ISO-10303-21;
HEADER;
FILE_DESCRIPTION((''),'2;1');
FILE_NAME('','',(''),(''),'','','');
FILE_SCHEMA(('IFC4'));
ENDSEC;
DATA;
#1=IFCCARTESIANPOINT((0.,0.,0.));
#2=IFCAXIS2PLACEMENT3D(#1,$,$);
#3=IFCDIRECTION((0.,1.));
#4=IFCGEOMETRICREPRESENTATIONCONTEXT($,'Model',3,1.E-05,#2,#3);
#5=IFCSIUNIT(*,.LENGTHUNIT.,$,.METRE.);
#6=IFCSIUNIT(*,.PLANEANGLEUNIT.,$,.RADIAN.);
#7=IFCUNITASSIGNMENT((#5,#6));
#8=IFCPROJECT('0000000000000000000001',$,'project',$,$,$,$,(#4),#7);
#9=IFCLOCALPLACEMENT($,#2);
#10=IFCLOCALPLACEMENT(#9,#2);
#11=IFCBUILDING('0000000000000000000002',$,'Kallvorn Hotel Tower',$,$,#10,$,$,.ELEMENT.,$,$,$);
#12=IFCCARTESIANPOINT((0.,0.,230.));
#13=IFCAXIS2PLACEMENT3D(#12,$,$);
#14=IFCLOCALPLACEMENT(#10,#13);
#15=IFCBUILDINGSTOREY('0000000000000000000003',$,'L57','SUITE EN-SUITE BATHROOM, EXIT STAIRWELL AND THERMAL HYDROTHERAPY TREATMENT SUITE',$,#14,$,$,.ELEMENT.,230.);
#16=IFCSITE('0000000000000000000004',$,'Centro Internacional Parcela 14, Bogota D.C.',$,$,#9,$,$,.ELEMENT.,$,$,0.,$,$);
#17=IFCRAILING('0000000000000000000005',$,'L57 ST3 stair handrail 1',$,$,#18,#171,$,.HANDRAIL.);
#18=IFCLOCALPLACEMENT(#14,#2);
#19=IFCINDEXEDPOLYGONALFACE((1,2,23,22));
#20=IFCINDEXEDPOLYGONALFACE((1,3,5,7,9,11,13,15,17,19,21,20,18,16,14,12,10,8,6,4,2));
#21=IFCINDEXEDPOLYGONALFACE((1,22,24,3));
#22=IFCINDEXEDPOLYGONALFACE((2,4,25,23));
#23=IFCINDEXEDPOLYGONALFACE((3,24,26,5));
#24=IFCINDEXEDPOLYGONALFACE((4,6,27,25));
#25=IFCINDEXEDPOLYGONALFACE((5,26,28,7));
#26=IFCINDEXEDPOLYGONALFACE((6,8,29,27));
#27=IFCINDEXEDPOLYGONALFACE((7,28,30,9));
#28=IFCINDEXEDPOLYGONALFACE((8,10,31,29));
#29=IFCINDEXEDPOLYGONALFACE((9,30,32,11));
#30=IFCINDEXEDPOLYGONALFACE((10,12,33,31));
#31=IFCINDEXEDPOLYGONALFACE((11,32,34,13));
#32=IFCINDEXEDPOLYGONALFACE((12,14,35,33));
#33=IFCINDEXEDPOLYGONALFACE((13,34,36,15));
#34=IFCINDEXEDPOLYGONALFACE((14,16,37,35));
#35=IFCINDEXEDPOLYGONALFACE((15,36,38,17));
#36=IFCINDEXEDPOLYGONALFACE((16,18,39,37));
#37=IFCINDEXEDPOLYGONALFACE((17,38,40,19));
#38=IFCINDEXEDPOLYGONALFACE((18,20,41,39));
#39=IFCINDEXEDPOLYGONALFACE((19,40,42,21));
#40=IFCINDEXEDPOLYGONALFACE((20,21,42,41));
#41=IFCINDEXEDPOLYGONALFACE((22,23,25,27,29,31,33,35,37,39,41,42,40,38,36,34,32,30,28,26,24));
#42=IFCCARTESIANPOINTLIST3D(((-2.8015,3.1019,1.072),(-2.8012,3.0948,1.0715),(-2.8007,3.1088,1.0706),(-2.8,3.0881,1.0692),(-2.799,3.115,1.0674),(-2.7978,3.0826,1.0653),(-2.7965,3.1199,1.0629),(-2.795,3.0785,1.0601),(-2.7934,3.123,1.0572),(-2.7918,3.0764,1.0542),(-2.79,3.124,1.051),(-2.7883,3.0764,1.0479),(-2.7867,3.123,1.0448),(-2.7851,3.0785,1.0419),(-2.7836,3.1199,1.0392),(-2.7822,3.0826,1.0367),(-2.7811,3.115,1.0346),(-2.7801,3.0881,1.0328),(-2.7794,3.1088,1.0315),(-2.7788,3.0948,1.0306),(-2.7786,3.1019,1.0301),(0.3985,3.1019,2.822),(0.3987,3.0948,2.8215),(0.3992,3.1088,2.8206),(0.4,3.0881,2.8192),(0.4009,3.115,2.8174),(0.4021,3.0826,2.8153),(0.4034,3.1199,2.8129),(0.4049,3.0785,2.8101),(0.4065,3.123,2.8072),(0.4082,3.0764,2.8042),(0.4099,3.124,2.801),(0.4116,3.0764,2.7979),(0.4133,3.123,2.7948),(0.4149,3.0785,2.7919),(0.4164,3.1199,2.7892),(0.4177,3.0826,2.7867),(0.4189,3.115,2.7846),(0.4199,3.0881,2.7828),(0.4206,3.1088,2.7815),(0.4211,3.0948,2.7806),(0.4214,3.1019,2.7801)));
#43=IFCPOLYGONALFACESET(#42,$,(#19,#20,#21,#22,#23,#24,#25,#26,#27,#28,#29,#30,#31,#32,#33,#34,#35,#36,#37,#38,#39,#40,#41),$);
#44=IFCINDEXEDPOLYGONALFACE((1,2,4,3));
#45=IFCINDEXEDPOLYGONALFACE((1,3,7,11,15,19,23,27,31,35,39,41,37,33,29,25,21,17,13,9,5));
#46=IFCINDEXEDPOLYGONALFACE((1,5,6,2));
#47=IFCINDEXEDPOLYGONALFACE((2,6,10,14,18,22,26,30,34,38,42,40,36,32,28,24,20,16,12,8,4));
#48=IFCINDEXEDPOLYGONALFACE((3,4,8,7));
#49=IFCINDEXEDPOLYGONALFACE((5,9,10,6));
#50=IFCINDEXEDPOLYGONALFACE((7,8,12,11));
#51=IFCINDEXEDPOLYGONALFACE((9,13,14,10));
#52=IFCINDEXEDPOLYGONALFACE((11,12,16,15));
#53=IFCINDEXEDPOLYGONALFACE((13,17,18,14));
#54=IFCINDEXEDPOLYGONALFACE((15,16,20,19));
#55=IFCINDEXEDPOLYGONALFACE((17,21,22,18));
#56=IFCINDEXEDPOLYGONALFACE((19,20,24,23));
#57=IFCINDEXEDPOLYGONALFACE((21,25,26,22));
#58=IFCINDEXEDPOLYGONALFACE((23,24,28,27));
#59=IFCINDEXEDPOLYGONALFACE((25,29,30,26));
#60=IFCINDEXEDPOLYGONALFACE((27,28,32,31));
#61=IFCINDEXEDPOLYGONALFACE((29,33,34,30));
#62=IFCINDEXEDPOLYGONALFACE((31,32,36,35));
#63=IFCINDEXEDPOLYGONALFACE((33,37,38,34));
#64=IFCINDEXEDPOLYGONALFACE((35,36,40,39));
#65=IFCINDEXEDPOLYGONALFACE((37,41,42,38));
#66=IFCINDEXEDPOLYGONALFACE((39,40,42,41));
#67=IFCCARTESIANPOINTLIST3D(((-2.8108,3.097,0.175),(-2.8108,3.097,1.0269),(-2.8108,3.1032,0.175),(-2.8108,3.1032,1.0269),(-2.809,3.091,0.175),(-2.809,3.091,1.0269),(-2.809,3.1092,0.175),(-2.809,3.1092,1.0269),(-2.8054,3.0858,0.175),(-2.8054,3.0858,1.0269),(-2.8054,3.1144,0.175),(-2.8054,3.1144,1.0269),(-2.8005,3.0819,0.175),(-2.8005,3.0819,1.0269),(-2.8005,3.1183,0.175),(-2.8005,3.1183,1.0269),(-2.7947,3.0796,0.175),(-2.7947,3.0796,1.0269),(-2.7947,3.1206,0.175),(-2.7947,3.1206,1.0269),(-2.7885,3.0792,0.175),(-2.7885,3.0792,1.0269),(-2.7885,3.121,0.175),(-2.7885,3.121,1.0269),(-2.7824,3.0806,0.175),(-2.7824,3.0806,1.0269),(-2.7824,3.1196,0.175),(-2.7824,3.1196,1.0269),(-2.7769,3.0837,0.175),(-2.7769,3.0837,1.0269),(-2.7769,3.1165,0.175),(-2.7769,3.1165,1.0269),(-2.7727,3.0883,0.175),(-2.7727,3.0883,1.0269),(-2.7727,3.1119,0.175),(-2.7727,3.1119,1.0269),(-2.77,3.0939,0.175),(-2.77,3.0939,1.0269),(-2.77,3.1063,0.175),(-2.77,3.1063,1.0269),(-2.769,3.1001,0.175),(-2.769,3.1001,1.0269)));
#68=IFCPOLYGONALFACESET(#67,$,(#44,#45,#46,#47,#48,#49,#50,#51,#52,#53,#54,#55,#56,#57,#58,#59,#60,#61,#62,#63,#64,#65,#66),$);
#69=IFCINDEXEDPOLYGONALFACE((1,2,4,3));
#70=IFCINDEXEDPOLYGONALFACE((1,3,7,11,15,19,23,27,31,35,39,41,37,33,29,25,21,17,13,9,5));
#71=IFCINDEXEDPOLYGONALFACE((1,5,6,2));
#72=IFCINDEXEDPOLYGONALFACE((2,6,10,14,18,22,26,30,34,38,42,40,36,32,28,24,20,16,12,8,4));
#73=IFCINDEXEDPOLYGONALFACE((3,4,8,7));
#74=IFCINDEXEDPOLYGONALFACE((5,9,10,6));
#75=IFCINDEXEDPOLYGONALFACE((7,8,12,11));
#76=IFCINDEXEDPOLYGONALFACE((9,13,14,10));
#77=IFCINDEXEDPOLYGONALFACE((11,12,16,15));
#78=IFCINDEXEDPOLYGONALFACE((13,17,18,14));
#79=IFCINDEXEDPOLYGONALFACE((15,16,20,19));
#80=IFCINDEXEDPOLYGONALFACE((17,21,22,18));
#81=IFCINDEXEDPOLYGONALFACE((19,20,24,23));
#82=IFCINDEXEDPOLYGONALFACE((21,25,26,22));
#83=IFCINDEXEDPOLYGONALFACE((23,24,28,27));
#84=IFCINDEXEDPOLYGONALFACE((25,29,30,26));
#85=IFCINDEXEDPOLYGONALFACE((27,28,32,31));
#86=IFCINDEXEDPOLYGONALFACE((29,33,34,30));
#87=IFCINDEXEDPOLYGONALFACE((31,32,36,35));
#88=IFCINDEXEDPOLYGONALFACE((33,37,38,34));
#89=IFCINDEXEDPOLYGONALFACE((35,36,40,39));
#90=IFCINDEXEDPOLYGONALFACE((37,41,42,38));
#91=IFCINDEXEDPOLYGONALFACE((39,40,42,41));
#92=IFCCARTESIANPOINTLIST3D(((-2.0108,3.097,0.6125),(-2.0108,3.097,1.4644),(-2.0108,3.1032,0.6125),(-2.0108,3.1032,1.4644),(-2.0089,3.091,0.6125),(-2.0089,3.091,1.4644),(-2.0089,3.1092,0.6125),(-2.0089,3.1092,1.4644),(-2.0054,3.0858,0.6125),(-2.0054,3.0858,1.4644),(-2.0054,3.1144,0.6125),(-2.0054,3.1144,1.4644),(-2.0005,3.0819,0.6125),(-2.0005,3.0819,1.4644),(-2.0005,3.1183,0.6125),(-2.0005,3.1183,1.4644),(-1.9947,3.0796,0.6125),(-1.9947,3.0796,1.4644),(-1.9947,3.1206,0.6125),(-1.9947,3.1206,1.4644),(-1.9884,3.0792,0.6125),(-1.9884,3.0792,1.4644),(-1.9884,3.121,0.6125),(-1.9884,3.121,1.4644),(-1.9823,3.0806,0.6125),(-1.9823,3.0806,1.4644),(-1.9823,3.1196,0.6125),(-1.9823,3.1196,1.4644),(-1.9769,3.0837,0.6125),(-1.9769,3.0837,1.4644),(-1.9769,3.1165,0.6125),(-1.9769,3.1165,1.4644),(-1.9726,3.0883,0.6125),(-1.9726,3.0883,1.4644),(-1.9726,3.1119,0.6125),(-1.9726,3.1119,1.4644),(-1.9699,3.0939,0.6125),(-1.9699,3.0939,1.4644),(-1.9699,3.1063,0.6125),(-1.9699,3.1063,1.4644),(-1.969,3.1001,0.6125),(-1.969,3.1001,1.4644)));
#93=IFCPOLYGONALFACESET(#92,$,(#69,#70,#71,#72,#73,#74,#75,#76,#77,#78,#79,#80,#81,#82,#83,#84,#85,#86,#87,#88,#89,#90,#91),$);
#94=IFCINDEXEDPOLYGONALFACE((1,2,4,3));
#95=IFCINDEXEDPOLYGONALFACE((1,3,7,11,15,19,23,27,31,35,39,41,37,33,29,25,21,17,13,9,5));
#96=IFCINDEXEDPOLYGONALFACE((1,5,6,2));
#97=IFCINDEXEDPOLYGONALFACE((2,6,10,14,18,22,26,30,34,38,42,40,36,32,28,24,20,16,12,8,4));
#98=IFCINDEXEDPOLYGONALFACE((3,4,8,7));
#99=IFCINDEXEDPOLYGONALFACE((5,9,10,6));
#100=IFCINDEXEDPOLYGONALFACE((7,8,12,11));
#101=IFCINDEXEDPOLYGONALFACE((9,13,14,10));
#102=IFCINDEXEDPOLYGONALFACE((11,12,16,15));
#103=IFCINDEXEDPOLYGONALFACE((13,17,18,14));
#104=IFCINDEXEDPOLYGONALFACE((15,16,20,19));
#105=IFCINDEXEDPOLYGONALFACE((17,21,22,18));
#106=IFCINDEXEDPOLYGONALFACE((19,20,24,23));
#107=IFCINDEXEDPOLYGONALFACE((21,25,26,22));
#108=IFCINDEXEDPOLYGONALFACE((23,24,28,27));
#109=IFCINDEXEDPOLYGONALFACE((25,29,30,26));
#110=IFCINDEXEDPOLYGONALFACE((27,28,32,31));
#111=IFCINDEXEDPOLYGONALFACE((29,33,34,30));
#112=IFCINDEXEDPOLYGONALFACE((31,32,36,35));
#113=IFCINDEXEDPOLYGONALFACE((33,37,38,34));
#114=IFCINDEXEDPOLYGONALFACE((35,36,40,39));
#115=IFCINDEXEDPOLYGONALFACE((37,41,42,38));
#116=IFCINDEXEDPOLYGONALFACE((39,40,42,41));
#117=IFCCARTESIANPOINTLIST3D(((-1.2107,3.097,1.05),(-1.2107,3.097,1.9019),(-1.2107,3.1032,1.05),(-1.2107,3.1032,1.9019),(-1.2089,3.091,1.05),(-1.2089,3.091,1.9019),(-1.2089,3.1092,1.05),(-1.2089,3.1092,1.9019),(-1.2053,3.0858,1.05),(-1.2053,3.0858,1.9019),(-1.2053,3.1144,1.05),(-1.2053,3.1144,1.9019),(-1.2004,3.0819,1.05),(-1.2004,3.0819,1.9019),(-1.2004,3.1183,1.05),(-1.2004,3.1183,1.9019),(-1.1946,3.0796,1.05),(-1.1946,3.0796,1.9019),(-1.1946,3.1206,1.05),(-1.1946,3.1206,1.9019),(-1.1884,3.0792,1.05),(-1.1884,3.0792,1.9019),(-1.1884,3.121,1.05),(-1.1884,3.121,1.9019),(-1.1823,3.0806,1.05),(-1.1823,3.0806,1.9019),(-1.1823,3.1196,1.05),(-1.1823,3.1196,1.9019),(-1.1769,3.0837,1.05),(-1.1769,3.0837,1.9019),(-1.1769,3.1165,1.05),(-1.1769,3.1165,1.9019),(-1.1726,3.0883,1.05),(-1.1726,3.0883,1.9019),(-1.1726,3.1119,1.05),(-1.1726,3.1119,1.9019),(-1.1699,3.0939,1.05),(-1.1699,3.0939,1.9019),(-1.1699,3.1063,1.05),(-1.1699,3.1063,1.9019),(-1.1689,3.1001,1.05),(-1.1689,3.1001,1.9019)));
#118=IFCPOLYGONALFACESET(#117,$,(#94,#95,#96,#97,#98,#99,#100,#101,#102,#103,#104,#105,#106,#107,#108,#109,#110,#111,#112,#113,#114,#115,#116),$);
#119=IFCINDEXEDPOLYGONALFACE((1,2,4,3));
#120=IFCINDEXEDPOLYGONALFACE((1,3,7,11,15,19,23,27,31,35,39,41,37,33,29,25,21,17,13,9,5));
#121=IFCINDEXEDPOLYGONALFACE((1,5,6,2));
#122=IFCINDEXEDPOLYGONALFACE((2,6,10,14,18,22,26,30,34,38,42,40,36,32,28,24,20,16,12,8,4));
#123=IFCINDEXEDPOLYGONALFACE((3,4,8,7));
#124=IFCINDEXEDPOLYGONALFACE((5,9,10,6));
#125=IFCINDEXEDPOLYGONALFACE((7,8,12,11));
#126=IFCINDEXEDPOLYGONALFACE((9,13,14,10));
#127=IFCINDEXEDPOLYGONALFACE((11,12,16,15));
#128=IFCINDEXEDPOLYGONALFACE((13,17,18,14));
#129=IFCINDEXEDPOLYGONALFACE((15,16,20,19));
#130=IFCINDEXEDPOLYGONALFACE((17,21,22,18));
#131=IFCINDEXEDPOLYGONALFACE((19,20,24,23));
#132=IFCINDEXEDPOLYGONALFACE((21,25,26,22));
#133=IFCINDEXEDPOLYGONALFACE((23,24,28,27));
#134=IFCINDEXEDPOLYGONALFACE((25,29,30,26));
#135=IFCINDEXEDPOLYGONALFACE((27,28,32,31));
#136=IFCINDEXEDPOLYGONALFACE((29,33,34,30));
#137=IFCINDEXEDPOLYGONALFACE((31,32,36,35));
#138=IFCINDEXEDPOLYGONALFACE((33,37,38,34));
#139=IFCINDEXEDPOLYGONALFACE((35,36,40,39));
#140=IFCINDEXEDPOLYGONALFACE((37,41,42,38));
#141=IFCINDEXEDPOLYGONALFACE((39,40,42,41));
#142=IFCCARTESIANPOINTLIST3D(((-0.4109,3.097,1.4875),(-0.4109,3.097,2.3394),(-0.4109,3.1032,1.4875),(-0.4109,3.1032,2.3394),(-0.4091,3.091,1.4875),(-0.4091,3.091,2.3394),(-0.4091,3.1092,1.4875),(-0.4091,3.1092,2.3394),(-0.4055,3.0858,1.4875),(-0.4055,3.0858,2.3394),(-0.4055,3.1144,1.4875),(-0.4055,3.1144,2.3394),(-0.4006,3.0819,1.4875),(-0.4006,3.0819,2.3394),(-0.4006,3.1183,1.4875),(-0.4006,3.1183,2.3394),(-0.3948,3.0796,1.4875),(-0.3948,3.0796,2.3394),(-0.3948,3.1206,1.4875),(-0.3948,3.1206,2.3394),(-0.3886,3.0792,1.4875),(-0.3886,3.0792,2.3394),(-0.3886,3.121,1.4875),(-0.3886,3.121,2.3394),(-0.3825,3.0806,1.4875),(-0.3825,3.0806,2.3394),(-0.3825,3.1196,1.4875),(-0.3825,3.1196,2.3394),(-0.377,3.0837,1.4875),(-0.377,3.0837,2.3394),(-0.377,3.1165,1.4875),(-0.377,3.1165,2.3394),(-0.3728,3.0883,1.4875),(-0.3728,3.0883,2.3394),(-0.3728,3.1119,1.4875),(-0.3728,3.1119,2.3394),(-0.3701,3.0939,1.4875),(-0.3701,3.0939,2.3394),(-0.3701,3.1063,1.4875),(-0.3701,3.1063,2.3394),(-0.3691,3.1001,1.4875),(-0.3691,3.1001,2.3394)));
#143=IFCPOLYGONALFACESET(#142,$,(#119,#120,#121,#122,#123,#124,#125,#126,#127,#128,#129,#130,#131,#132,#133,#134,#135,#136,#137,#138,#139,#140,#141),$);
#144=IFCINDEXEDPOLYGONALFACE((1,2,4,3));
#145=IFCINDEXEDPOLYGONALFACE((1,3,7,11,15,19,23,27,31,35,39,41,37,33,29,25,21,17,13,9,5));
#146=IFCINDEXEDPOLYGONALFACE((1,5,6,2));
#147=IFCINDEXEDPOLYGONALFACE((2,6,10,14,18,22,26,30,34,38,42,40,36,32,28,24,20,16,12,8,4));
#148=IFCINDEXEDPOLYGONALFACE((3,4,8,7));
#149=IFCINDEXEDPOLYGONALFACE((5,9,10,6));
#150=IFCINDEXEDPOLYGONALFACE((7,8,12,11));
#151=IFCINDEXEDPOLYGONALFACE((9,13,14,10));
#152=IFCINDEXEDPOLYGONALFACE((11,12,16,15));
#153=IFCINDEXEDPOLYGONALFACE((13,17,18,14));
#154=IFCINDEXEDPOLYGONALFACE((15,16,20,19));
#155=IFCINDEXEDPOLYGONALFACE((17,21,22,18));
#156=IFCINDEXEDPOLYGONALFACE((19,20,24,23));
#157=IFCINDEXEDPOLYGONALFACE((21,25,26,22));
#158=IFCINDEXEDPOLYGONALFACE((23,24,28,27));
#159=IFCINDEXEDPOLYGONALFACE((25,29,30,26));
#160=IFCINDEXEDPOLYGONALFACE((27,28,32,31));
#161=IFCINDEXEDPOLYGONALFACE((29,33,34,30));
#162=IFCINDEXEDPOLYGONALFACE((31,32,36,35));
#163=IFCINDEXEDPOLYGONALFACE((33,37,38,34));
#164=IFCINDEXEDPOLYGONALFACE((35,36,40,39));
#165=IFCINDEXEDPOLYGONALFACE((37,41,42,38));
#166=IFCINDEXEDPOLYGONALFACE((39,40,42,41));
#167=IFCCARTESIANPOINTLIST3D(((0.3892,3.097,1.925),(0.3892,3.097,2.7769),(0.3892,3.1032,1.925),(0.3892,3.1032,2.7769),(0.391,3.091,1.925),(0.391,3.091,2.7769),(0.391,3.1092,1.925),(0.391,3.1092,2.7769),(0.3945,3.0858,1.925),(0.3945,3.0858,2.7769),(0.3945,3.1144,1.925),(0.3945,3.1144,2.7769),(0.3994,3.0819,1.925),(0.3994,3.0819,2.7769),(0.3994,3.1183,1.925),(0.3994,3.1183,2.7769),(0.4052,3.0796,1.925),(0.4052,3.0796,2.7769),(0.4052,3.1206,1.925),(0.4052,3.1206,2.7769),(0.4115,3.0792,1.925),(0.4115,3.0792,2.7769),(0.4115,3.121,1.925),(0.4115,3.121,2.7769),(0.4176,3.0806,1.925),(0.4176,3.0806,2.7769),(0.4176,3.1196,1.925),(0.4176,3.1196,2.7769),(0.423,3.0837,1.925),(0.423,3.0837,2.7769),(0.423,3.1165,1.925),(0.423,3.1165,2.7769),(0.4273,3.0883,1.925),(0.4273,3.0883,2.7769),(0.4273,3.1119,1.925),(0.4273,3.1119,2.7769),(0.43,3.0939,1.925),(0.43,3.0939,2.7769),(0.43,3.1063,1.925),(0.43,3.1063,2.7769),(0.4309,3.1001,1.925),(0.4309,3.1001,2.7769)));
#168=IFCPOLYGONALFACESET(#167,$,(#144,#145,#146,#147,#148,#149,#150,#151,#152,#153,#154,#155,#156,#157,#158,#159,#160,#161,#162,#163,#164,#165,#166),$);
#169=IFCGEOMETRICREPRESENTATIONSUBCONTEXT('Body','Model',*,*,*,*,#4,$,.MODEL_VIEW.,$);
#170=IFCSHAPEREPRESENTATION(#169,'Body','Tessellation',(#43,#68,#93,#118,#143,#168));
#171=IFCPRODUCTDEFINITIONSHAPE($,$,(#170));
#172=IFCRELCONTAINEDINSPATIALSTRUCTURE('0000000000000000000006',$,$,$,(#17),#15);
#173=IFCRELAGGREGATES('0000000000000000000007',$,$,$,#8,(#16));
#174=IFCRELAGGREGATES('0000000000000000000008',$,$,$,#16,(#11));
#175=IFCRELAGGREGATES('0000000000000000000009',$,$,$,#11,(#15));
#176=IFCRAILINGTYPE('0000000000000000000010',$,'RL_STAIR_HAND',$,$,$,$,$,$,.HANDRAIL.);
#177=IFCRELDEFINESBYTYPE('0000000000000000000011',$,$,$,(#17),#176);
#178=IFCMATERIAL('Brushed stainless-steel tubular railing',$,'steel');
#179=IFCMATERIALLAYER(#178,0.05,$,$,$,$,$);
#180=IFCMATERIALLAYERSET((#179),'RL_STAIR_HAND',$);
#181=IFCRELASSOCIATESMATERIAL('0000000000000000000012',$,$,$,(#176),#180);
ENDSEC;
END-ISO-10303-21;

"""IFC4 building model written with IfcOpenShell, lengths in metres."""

from ifc_helpers import new_model, si_unit, direction, frame, origin, origin_2d, place, context, subcontext, project, spatial, circle, extrude, material, layer, layer_set, type_object, element, save


model = new_model("IFC4")

# Units and contexts
model_context = context("Model", 3, precision=1e-05, world=origin(), true_north=direction((0.0, 1.0)))
body_context = subcontext(model_context, "Body", "Model", "MODEL_VIEW")
ifc_project = project(units=[si_unit("LENGTHUNIT", "METRE"), si_unit("PLANEANGLEUNIT", "RADIAN")], contexts=[model_context])

# Site, building, storey
site_placement = place(None, origin())
site = spatial("IfcSite", under=ifc_project, at=site_placement, Name="Centro Internacional Parcela 14, Bogota D.C.", CompositionType="ELEMENT", RefElevation=0.0)
building_placement = place(site_placement, origin())
building = spatial("IfcBuilding", under=site, at=building_placement, Name="Kallvorn Hotel Tower", CompositionType="ELEMENT")
storey_placement = place(building_placement, frame((0.0, 0.0, 230.0)))
storey = spatial("IfcBuildingStorey", under=building, at=storey_placement, Name="L57", Description="SUITE EN-SUITE BATHROOM, EXIT STAIRWELL AND THERMAL HYDROTHERAPY TREATMENT SUITE", CompositionType="ELEMENT", Elevation=230.0)

# Railing
ifc_material_1 = material(Name="Brushed stainless-steel tubular railing", Category="steel")
ifc_layer_1 = layer(ifc_material_1, 0.05)
ifc_layer_set_1 = layer_set([ifc_layer_1], Name="RL_STAIR_HAND")
railing_type_1 = type_object("IfcRailingType", Name="RL_STAIR_HAND", PredefinedType="HANDRAIL", material=ifc_layer_set_1)
railing_1_placement = place(storey_placement, frame((-2.79, 3.1001, 0.175)))
element("IfcRailing", 1, at=railing_1_placement, inside=storey, type_object=railing_type_1, Name="L57 ST3 stair handrail 1", PredefinedType="HANDRAIL", context=body_context, shape_type="SweptSolid", body=[
    extrude(circle(Radius=0.0239, at=origin_2d()), frame((0.0, 0.0, 0.876), z_axis=(0.877368, 0.0, 0.479818), x_axis=(0.0, 1.0, 0.0)), (0.0, 0.0, 1.0), 3.6472),
    extrude(circle(Radius=0.021, at=origin_2d()), origin(), (0.0, 0.0, 1.0), 0.8518),
    extrude(circle(Radius=0.021, at=origin_2d()), frame((0.8, 0.0, 0.4375)), (0.0, 0.0, 1.0), 0.8518),
    extrude(circle(Radius=0.021, at=origin_2d()), frame((1.6001, 0.0, 0.875)), (0.0, 0.0, 1.0), 0.8518),
    extrude(circle(Radius=0.021, at=origin_2d()), frame((2.3999, 0.0, 1.3125)), (0.0, 0.0, 1.0), 0.8518),
    extrude(circle(Radius=0.021, at=origin_2d()), frame((3.2, 0.0, 1.75)), (0.0, 0.0, 1.0), 0.8518),
])

save(model, "model.ifc")
